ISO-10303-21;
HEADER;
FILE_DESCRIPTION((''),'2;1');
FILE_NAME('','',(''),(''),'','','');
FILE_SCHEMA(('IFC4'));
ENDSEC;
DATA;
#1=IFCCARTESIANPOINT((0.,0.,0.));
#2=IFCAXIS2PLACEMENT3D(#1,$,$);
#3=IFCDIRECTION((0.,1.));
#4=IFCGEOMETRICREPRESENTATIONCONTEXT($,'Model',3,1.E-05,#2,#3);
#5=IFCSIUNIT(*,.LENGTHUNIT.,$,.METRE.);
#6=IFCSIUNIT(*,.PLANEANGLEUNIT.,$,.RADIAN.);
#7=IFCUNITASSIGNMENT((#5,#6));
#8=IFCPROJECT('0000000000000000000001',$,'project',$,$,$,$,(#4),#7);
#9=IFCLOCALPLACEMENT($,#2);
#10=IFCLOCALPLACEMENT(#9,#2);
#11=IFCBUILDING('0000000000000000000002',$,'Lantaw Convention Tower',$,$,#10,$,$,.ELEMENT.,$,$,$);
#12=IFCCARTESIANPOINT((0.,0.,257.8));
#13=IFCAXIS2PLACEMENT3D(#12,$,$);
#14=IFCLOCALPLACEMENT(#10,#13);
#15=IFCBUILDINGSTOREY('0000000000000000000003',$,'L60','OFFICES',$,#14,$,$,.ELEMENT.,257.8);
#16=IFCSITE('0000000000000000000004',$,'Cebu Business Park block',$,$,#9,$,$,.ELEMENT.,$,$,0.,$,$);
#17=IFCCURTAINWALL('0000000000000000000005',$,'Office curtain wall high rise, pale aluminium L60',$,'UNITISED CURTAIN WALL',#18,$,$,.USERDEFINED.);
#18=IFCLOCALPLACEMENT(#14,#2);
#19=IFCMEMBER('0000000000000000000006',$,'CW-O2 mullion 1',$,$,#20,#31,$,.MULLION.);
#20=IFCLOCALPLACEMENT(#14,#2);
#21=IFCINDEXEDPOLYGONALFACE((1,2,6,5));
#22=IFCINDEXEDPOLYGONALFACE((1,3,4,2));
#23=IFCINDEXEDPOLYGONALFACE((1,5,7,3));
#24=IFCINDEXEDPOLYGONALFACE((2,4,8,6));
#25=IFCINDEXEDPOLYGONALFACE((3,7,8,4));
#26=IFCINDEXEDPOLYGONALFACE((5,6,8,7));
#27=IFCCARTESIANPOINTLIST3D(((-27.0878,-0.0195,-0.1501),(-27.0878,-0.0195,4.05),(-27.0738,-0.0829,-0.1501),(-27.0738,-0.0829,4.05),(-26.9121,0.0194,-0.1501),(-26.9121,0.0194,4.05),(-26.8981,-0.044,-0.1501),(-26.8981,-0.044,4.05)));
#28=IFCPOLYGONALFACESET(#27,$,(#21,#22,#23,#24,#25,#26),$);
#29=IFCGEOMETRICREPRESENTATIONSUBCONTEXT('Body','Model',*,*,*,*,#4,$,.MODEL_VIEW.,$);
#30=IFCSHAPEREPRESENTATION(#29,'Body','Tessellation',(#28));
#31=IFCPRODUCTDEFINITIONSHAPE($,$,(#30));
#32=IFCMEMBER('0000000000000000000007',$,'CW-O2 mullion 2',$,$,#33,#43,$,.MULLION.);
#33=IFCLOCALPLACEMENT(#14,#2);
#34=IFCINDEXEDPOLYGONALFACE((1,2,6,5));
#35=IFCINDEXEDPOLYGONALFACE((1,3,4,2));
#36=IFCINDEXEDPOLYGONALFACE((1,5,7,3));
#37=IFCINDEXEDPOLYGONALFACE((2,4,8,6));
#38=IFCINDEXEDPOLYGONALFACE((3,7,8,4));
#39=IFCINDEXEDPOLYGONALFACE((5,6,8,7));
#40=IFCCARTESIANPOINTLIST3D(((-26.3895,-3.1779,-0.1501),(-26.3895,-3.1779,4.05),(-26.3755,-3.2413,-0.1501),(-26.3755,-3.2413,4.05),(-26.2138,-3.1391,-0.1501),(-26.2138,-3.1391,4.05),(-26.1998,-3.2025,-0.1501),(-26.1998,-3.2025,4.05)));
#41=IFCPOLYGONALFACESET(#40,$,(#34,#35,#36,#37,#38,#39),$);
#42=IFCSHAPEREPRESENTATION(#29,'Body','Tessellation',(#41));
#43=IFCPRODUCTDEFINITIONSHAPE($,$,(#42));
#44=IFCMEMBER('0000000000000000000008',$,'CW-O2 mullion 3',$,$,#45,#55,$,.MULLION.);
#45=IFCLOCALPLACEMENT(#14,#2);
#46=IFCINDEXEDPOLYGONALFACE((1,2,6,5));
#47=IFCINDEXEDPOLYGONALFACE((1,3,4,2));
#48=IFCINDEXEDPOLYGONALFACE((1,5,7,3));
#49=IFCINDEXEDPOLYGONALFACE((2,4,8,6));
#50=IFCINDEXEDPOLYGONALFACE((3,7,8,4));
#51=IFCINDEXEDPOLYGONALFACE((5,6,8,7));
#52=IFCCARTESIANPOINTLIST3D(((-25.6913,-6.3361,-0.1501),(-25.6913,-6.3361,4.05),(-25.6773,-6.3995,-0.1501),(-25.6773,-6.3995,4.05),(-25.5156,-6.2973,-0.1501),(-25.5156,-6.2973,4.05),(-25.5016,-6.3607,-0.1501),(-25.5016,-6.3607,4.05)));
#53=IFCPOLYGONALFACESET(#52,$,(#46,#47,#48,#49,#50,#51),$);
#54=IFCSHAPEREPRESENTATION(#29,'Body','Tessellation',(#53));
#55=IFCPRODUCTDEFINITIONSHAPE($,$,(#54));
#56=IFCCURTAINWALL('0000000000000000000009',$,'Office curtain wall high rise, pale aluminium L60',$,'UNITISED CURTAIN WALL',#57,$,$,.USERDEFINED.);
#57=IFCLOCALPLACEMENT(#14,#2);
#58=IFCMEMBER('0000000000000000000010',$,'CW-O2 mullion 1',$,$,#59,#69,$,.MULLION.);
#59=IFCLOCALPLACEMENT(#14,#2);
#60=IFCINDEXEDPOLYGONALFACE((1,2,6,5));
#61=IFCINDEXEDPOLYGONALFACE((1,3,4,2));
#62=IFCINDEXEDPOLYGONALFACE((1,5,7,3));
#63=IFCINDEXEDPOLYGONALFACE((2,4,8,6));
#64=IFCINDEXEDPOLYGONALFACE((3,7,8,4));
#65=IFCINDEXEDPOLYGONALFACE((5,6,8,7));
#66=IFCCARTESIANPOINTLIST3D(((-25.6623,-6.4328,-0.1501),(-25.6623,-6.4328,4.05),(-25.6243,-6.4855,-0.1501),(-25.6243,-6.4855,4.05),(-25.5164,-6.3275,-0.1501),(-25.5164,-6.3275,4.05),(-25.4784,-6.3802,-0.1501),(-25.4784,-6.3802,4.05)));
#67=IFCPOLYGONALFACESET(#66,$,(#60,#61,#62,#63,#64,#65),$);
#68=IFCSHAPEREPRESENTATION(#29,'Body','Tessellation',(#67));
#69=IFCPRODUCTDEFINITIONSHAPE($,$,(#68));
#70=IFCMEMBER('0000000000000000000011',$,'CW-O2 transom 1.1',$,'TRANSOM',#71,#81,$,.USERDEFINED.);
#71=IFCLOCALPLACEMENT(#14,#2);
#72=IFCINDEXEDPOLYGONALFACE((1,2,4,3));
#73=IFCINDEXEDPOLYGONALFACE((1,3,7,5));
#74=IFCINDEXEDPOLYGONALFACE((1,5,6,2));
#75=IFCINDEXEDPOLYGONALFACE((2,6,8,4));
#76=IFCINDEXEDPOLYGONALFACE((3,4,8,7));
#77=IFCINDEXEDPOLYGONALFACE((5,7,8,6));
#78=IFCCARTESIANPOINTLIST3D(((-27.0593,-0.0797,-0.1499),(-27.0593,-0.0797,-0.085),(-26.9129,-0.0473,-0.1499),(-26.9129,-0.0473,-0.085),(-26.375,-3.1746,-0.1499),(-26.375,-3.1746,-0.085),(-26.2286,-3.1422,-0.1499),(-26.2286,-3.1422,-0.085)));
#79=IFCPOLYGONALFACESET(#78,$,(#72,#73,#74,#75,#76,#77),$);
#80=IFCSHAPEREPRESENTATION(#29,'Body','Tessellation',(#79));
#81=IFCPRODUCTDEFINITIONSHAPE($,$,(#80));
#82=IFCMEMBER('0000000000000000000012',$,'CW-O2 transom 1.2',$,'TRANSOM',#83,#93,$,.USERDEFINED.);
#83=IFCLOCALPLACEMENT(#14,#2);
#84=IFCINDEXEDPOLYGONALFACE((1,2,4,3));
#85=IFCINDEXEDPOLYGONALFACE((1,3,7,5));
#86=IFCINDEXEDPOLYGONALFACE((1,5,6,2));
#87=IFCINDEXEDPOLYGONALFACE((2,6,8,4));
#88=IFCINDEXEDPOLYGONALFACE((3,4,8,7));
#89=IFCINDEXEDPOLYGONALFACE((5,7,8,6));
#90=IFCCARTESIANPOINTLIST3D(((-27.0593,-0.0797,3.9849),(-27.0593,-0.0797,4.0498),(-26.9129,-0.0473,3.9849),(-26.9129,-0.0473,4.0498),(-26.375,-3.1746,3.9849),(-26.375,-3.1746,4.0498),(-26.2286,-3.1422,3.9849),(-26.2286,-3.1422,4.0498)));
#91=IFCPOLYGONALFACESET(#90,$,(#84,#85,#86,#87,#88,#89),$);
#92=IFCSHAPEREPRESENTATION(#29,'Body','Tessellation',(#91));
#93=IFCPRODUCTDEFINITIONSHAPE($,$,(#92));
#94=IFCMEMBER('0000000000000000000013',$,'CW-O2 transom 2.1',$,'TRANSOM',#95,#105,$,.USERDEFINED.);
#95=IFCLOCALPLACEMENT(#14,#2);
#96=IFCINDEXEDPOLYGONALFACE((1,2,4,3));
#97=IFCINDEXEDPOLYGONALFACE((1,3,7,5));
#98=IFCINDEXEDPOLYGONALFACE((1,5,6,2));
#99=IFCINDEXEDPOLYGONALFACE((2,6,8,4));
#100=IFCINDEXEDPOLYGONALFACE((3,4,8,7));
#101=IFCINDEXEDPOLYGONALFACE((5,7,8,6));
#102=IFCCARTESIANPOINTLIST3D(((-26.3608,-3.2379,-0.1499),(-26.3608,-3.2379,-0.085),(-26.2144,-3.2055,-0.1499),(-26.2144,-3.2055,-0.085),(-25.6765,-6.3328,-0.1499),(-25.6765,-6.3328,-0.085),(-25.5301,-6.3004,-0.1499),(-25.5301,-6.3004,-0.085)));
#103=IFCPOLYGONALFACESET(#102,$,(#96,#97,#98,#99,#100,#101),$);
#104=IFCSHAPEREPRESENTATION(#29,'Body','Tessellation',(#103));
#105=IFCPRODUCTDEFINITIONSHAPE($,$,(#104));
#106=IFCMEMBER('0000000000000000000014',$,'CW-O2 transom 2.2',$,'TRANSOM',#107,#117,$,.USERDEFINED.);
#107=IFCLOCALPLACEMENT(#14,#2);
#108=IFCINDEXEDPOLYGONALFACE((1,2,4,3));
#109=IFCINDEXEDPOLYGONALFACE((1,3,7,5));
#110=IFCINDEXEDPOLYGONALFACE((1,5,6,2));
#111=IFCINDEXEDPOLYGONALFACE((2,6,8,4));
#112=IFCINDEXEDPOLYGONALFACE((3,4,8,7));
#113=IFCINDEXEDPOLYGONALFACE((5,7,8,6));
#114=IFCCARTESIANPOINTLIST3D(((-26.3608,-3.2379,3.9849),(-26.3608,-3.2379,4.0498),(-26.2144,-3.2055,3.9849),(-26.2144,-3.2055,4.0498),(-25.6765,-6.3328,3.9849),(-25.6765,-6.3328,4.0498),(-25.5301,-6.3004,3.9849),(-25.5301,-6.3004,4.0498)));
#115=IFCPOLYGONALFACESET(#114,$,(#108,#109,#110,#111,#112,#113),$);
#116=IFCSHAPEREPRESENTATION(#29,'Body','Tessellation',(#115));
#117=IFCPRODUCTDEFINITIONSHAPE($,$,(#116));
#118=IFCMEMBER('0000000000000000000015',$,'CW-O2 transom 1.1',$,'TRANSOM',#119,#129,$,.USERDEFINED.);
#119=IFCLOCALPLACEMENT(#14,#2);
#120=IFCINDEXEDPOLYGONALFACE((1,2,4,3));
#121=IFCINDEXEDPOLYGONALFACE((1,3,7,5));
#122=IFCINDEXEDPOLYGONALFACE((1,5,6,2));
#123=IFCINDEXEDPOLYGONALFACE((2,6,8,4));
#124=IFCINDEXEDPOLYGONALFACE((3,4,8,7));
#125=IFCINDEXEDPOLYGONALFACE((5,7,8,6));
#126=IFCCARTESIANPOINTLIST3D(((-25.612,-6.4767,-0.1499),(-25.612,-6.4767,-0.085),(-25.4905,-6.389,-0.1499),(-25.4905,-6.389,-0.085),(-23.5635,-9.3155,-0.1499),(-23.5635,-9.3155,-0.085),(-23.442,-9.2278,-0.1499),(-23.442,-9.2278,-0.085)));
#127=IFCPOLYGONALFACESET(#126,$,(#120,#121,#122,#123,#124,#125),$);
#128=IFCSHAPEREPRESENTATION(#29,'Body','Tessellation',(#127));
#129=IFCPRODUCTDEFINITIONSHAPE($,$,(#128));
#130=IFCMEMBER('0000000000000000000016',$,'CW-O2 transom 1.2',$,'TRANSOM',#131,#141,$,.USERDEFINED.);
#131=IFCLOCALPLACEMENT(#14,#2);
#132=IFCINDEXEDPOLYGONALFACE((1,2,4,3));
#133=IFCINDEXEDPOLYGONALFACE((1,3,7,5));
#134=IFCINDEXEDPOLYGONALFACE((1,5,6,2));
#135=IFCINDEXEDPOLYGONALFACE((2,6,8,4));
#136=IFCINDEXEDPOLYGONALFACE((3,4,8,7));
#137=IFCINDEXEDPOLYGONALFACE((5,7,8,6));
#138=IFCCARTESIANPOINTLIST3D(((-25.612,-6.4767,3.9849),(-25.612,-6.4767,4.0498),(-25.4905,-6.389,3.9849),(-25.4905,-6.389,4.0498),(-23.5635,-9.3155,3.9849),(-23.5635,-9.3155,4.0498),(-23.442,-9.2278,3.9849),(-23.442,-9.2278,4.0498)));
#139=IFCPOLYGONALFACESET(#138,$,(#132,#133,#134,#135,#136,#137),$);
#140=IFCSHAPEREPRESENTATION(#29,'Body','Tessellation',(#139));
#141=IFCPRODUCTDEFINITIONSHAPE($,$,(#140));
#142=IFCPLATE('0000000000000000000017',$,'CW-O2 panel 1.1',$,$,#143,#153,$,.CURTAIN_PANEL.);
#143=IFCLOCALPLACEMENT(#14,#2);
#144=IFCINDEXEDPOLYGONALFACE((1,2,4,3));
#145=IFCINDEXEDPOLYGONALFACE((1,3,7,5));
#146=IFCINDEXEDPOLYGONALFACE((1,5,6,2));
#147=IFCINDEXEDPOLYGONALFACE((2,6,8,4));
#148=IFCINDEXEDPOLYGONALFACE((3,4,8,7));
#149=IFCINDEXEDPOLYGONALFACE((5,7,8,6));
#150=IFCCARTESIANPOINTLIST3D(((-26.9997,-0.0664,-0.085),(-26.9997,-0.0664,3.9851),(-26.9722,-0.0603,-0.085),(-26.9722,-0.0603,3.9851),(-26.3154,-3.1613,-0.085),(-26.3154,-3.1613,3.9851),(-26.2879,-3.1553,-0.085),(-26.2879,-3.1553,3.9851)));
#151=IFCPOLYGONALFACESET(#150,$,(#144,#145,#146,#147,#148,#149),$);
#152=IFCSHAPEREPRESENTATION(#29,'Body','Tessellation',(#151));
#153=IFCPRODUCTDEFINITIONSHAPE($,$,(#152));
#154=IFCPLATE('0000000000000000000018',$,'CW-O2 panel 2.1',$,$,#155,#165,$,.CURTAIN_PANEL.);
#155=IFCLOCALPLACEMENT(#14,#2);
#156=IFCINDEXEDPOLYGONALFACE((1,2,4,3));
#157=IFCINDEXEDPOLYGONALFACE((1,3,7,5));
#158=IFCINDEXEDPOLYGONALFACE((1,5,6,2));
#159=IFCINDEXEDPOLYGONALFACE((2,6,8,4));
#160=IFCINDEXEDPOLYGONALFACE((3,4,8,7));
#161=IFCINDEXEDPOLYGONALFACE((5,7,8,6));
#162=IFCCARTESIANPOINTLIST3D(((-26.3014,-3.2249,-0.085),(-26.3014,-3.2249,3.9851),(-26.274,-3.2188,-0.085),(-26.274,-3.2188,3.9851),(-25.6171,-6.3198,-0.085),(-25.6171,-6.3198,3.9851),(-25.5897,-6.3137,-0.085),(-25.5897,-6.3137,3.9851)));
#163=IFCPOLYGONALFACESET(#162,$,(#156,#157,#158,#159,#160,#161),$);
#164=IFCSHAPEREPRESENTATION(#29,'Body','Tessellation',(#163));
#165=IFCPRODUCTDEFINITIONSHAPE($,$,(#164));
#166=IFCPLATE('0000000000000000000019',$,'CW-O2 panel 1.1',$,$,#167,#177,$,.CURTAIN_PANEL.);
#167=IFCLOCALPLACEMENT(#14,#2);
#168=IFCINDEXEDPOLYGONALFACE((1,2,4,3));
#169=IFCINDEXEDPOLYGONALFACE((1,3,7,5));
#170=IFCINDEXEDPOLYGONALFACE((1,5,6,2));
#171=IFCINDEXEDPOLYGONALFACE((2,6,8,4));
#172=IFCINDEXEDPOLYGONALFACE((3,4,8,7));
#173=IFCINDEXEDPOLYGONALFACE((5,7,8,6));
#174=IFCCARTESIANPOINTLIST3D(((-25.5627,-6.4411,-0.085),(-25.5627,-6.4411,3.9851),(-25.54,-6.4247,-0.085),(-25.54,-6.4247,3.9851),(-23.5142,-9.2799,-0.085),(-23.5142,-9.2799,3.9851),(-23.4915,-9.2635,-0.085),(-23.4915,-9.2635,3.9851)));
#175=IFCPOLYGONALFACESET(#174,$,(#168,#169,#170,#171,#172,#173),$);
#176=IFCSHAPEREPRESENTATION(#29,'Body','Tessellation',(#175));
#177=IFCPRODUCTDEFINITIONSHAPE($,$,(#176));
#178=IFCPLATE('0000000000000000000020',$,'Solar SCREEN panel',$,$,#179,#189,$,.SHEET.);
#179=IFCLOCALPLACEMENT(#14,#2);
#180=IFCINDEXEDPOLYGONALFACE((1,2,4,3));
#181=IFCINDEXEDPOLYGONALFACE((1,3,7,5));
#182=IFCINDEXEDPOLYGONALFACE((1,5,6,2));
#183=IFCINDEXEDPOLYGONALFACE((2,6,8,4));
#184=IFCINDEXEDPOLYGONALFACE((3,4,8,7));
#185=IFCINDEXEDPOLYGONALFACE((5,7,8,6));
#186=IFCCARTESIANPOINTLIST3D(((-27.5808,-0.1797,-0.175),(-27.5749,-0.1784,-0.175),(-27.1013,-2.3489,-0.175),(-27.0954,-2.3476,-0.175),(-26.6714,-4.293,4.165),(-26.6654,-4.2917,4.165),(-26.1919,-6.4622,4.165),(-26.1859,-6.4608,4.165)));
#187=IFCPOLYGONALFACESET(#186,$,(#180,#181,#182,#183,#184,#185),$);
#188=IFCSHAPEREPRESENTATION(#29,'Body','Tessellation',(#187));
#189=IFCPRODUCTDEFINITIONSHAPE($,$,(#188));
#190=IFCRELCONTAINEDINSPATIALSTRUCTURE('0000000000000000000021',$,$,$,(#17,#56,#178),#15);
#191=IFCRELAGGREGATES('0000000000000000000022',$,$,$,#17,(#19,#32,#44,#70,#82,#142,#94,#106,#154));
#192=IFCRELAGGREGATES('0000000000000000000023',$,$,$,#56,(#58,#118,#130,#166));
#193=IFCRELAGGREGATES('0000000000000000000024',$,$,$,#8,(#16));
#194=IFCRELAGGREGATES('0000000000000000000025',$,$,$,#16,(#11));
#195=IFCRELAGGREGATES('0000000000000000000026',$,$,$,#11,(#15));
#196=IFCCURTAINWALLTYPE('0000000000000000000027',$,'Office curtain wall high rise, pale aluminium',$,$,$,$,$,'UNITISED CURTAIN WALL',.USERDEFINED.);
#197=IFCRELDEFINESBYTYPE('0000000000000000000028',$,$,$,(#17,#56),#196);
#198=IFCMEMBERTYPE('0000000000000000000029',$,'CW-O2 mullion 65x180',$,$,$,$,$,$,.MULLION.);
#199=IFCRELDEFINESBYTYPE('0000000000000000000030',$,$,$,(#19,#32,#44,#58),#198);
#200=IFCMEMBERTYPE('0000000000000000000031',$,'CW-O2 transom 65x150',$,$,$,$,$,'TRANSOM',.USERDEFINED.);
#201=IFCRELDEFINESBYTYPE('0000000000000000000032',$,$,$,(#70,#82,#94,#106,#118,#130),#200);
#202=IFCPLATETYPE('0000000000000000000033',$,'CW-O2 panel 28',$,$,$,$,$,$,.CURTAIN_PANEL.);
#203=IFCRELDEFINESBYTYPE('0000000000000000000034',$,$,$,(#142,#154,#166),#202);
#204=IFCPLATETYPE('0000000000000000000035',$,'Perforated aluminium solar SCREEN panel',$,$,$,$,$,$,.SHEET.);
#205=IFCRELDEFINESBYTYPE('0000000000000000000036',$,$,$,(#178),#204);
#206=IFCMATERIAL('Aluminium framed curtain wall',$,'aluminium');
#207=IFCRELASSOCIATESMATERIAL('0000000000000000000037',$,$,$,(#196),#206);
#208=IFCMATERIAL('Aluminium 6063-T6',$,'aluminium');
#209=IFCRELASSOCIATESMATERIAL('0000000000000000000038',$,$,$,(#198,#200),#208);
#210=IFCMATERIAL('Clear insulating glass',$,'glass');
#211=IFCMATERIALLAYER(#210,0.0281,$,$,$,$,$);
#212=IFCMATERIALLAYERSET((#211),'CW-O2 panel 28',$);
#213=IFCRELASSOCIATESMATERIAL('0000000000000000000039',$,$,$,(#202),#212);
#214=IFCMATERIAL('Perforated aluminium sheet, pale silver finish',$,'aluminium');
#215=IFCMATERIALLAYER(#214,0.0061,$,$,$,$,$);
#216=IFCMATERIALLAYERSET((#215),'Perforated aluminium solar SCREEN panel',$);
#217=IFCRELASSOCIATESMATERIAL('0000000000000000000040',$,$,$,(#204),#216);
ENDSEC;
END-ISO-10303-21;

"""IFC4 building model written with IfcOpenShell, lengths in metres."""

from ifc_helpers import new_model, si_unit, direction, frame, origin, origin_2d, place, context, subcontext, project, spatial, polyline, rectangle, outline, extrude, material, layer, layer_set, material_profile, profile_set, type_object, element, aggregate, save


model = new_model("IFC4")

# Units and contexts
model_context = context("Model", 3, precision=1e-05, world=origin(), true_north=direction((0.0, 1.0)))
body_context = subcontext(model_context, "Body", "Model", "MODEL_VIEW")
ifc_project = project(units=[si_unit("LENGTHUNIT", "METRE"), si_unit("PLANEANGLEUNIT", "RADIAN")], contexts=[model_context])

# Site, building, storey
site_placement = place(None, origin())
site = spatial("IfcSite", under=ifc_project, at=site_placement, Name="Cebu Business Park block", CompositionType="ELEMENT", RefElevation=0.0)
building_placement = place(site_placement, origin())
building = spatial("IfcBuilding", under=site, at=building_placement, Name="Lantaw Convention Tower", CompositionType="ELEMENT")
storey_placement = place(building_placement, frame((0.0, 0.0, 257.8)))
storey = spatial("IfcBuildingStorey", under=building, at=storey_placement, Name="L60", Description="OFFICES", CompositionType="ELEMENT", Elevation=257.8)

# Curtain wall, members
ifc_material_1 = material(Name="Aluminium framed curtain wall", Category="aluminium")
curtain_wall_type = type_object("IfcCurtainWallType", Name="Office curtain wall high rise, pale aluminium", ElementType="UNITISED CURTAIN WALL", PredefinedType="USERDEFINED", material=ifc_material_1)
curtain_wall_1_placement = place(storey_placement, origin())
curtain_wall_1 = element("IfcCurtainWall", 1, at=curtain_wall_1_placement, inside=storey, type_object=curtain_wall_type, Name="Office curtain wall high rise, pale aluminium L60", ObjectType="UNITISED CURTAIN WALL", PredefinedType="USERDEFINED")
ifc_material_2 = material(Name="Aluminium 6063-T6", Category="aluminium")
ifc_material_profile_1 = material_profile(ifc_material_2, rectangle(XDim=0.1799, YDim=0.0649, at=origin_2d()), Name="CW-O2 mullion 65x180")
ifc_profile_set_1 = profile_set([ifc_material_profile_1], Name="Aluminium 6063-T6")
member_type_1 = type_object("IfcMemberType", Name="CW-O2 mullion 65x180", PredefinedType="MULLION", material=ifc_profile_set_1)
member_1_placement = place(storey_placement, frame((-26.9929, -0.0317, -0.1501), z_axis=(0.0, 0.0, 1.0), x_axis=(0.976417, 0.215891, 0.0)))
member_1 = element("IfcMember", 2, at=member_1_placement, type_object=member_type_1, Name="CW-O2 mullion 1", PredefinedType="MULLION", context=body_context, shape_type="SweptSolid", body=[
    extrude(rectangle(XDim=0.1799, YDim=0.0649, at=origin_2d()), origin(), (0.0, 0.0, 1.0), 4.2002),
])
member_2_placement = place(storey_placement, frame((-26.2947, -3.1902, -0.1501), z_axis=(0.0, 0.0, 1.0), x_axis=(0.976417, 0.215891, 0.0)))
member_2 = element("IfcMember", 3, at=member_2_placement, type_object=member_type_1, Name="CW-O2 mullion 2", PredefinedType="MULLION", context=body_context, shape_type="SweptSolid", body=[
    extrude(rectangle(XDim=0.1799, YDim=0.0649, at=origin_2d()), origin(), (0.0, 0.0, 1.0), 4.2002),
])
member_3_placement = place(storey_placement, frame((-25.5964, -6.3484, -0.1501), z_axis=(0.0, 0.0, 1.0), x_axis=(0.976417, 0.215891, 0.0)))
member_3 = element("IfcMember", 4, at=member_3_placement, type_object=member_type_1, Name="CW-O2 mullion 3", PredefinedType="MULLION", context=body_context, shape_type="SweptSolid", body=[
    extrude(rectangle(XDim=0.1799, YDim=0.0649, at=origin_2d()), origin(), (0.0, 0.0, 1.0), 4.2002),
])

# Curtain wall, member
curtain_wall_2_placement = place(storey_placement, origin())
curtain_wall_2 = element("IfcCurtainWall", 5, at=curtain_wall_2_placement, inside=storey, type_object=curtain_wall_type, Name="Office curtain wall high rise, pale aluminium L60", ObjectType="UNITISED CURTAIN WALL", PredefinedType="USERDEFINED")
member_4_placement = place(storey_placement, frame((-25.5703, -6.4065, -0.1501), z_axis=(0.0, 0.0, 1.0), x_axis=(0.81092, 0.585158, 0.0)))
member_4 = element("IfcMember", 6, at=member_4_placement, type_object=member_type_1, Name="CW-O2 mullion 1", PredefinedType="MULLION", context=body_context, shape_type="SweptSolid", body=[
    extrude(rectangle(XDim=0.1799, YDim=0.0649, at=origin_2d()), origin(), (0.0, 0.0, 1.0), 4.2002),
])

# Members
ifc_material_profile_2 = material_profile(ifc_material_2, rectangle(XDim=0.1499, YDim=0.0649, at=origin_2d()), Name="CW-O2 transom 65x150")
ifc_profile_set_2 = profile_set([ifc_material_profile_2], Name="Aluminium 6063-T6")
member_type_2 = type_object("IfcMemberType", Name="CW-O2 transom 65x150", ElementType="TRANSOM", PredefinedType="USERDEFINED", material=ifc_profile_set_2)
member_5_placement = place(storey_placement, frame((-26.9861, -0.0635, -0.1174), z_axis=(0.215895, -0.976417, 0.0), x_axis=(0.976417, 0.215895, 0.0)))
member_5 = element("IfcMember", 7, at=member_5_placement, type_object=member_type_2, Name="CW-O2 transom 1.1", ObjectType="TRANSOM", PredefinedType="USERDEFINED", context=body_context, shape_type="SweptSolid", body=[
    extrude(rectangle(XDim=0.1499, YDim=0.0649, at=origin_2d()), origin(), (0.0, 0.0, 1.0), 3.1697),
])
member_6_placement = place(storey_placement, frame((-26.9861, -0.0635, 4.0173), z_axis=(0.215895, -0.976417, 0.0), x_axis=(0.976417, 0.215895, 0.0)))
member_6 = element("IfcMember", 8, at=member_6_placement, type_object=member_type_2, Name="CW-O2 transom 1.2", ObjectType="TRANSOM", PredefinedType="USERDEFINED", context=body_context, shape_type="SweptSolid", body=[
    extrude(rectangle(XDim=0.1499, YDim=0.0649, at=origin_2d()), origin(), (0.0, 0.0, 1.0), 3.1697),
])
member_7_placement = place(storey_placement, frame((-26.2876, -3.2217, -0.1174), z_axis=(0.215895, -0.976417, 0.0), x_axis=(0.976417, 0.215895, 0.0)))
member_7 = element("IfcMember", 9, at=member_7_placement, type_object=member_type_2, Name="CW-O2 transom 2.1", ObjectType="TRANSOM", PredefinedType="USERDEFINED", context=body_context, shape_type="SweptSolid", body=[
    extrude(rectangle(XDim=0.1499, YDim=0.0649, at=origin_2d()), origin(), (0.0, 0.0, 1.0), 3.1697),
])
member_8_placement = place(storey_placement, frame((-26.2876, -3.2217, 4.0173), z_axis=(0.215895, -0.976417, 0.0), x_axis=(0.976417, 0.215895, 0.0)))
member_8 = element("IfcMember", 10, at=member_8_placement, type_object=member_type_2, Name="CW-O2 transom 2.2", ObjectType="TRANSOM", PredefinedType="USERDEFINED", context=body_context, shape_type="SweptSolid", body=[
    extrude(rectangle(XDim=0.1499, YDim=0.0649, at=origin_2d()), origin(), (0.0, 0.0, 1.0), 3.1697),
])
member_9_placement = place(storey_placement, frame((-25.5513, -6.4329, -0.1174), z_axis=(0.58517, -0.810911, 0.0), x_axis=(0.810911, 0.58517, 0.0)))
member_9 = element("IfcMember", 11, at=member_9_placement, type_object=member_type_2, Name="CW-O2 transom 1.1", ObjectType="TRANSOM", PredefinedType="USERDEFINED", context=body_context, shape_type="SweptSolid", body=[
    extrude(rectangle(XDim=0.1499, YDim=0.0649, at=origin_2d()), origin(), (0.0, 0.0, 1.0), 3.5007),
])
member_10_placement = place(storey_placement, frame((-25.5513, -6.4329, 4.0173), z_axis=(0.58517, -0.810911, 0.0), x_axis=(0.810911, 0.58517, 0.0)))
member_10 = element("IfcMember", 12, at=member_10_placement, type_object=member_type_2, Name="CW-O2 transom 1.2", ObjectType="TRANSOM", PredefinedType="USERDEFINED", context=body_context, shape_type="SweptSolid", body=[
    extrude(rectangle(XDim=0.1499, YDim=0.0649, at=origin_2d()), origin(), (0.0, 0.0, 1.0), 3.5007),
])

# Plates
ifc_material_3 = material(Name="Clear insulating glass", Category="glass")
ifc_layer_1 = layer(ifc_material_3, 0.0281)
ifc_layer_set_1 = layer_set([ifc_layer_1], Name="CW-O2 panel 28")
plate_type_1 = type_object("IfcPlateType", Name="CW-O2 panel 28", PredefinedType="CURTAIN_PANEL", material=ifc_layer_set_1)
plate_1_placement = place(storey_placement, frame((-26.6438, -1.6108, -0.085), z_axis=(0.0, 0.0, 1.0), x_axis=(0.215891, -0.976417, 0.0)))
plate_1 = element("IfcPlate", 13, at=plate_1_placement, type_object=plate_type_1, Name="CW-O2 panel 1.1", PredefinedType="CURTAIN_PANEL", context=body_context, shape_type="SweptSolid", body=[
    extrude(rectangle(XDim=3.1697, YDim=0.0281, at=origin_2d()), origin(), (0.0, 0.0, 1.0), 4.0701),
])
plate_2_placement = place(storey_placement, frame((-25.9456, -4.7693, -0.085), z_axis=(0.0, 0.0, 1.0), x_axis=(0.215891, -0.976417, 0.0)))
plate_2 = element("IfcPlate", 14, at=plate_2_placement, type_object=plate_type_1, Name="CW-O2 panel 2.1", PredefinedType="CURTAIN_PANEL", context=body_context, shape_type="SweptSolid", body=[
    extrude(rectangle(XDim=3.1697, YDim=0.0281, at=origin_2d()), origin(), (0.0, 0.0, 1.0), 4.0701),
])
aggregate(curtain_wall_1, [member_1, member_2, member_3, member_5, member_6, plate_1, member_7, member_8, plate_2])
plate_3_placement = place(storey_placement, frame((-24.5271, -7.8523, -0.085), z_axis=(0.0, 0.0, 1.0), x_axis=(0.585158, -0.81092, 0.0)))
plate_3 = element("IfcPlate", 15, at=plate_3_placement, type_object=plate_type_1, Name="CW-O2 panel 1.1", PredefinedType="CURTAIN_PANEL", context=body_context, shape_type="SweptSolid", body=[
    extrude(rectangle(XDim=3.5007, YDim=0.0281, at=origin_2d()), origin(), (0.0, 0.0, 1.0), 4.0701),
])
aggregate(curtain_wall_2, [member_4, member_9, member_10, plate_3])

# Plate
ifc_material_4 = material(Name="Perforated aluminium sheet, pale silver finish", Category="aluminium")
ifc_layer_2 = layer(ifc_material_4, 0.0061)
ifc_layer_set_2 = layer_set([ifc_layer_2], Name="Perforated aluminium solar SCREEN panel")
plate_type_2 = type_object("IfcPlateType", Name="Perforated aluminium solar SCREEN panel", PredefinedType="SHEET", material=ifc_layer_set_2)
plate_4_placement = place(storey_placement, frame((-27.5808, -0.1797, -0.175), z_axis=(-0.97643, -0.215837, 0.000044), x_axis=(0.215837, -0.97643, 0.0)))
element("IfcPlate", 16, at=plate_4_placement, inside=storey, type_object=plate_type_2, Name="Solar SCREEN panel", PredefinedType="SHEET", context=body_context, shape_type="SweptSolid", body=[
    extrude(outline(polyline([(0.0, 0.0), (2.2216, 0.0), (6.4342, 4.3401), (4.2126, 4.3401), (0.0, 0.0)])), origin(), (0.0, 0.0, -1.0), 0.0061),
])

save(model, "model.ifc")
